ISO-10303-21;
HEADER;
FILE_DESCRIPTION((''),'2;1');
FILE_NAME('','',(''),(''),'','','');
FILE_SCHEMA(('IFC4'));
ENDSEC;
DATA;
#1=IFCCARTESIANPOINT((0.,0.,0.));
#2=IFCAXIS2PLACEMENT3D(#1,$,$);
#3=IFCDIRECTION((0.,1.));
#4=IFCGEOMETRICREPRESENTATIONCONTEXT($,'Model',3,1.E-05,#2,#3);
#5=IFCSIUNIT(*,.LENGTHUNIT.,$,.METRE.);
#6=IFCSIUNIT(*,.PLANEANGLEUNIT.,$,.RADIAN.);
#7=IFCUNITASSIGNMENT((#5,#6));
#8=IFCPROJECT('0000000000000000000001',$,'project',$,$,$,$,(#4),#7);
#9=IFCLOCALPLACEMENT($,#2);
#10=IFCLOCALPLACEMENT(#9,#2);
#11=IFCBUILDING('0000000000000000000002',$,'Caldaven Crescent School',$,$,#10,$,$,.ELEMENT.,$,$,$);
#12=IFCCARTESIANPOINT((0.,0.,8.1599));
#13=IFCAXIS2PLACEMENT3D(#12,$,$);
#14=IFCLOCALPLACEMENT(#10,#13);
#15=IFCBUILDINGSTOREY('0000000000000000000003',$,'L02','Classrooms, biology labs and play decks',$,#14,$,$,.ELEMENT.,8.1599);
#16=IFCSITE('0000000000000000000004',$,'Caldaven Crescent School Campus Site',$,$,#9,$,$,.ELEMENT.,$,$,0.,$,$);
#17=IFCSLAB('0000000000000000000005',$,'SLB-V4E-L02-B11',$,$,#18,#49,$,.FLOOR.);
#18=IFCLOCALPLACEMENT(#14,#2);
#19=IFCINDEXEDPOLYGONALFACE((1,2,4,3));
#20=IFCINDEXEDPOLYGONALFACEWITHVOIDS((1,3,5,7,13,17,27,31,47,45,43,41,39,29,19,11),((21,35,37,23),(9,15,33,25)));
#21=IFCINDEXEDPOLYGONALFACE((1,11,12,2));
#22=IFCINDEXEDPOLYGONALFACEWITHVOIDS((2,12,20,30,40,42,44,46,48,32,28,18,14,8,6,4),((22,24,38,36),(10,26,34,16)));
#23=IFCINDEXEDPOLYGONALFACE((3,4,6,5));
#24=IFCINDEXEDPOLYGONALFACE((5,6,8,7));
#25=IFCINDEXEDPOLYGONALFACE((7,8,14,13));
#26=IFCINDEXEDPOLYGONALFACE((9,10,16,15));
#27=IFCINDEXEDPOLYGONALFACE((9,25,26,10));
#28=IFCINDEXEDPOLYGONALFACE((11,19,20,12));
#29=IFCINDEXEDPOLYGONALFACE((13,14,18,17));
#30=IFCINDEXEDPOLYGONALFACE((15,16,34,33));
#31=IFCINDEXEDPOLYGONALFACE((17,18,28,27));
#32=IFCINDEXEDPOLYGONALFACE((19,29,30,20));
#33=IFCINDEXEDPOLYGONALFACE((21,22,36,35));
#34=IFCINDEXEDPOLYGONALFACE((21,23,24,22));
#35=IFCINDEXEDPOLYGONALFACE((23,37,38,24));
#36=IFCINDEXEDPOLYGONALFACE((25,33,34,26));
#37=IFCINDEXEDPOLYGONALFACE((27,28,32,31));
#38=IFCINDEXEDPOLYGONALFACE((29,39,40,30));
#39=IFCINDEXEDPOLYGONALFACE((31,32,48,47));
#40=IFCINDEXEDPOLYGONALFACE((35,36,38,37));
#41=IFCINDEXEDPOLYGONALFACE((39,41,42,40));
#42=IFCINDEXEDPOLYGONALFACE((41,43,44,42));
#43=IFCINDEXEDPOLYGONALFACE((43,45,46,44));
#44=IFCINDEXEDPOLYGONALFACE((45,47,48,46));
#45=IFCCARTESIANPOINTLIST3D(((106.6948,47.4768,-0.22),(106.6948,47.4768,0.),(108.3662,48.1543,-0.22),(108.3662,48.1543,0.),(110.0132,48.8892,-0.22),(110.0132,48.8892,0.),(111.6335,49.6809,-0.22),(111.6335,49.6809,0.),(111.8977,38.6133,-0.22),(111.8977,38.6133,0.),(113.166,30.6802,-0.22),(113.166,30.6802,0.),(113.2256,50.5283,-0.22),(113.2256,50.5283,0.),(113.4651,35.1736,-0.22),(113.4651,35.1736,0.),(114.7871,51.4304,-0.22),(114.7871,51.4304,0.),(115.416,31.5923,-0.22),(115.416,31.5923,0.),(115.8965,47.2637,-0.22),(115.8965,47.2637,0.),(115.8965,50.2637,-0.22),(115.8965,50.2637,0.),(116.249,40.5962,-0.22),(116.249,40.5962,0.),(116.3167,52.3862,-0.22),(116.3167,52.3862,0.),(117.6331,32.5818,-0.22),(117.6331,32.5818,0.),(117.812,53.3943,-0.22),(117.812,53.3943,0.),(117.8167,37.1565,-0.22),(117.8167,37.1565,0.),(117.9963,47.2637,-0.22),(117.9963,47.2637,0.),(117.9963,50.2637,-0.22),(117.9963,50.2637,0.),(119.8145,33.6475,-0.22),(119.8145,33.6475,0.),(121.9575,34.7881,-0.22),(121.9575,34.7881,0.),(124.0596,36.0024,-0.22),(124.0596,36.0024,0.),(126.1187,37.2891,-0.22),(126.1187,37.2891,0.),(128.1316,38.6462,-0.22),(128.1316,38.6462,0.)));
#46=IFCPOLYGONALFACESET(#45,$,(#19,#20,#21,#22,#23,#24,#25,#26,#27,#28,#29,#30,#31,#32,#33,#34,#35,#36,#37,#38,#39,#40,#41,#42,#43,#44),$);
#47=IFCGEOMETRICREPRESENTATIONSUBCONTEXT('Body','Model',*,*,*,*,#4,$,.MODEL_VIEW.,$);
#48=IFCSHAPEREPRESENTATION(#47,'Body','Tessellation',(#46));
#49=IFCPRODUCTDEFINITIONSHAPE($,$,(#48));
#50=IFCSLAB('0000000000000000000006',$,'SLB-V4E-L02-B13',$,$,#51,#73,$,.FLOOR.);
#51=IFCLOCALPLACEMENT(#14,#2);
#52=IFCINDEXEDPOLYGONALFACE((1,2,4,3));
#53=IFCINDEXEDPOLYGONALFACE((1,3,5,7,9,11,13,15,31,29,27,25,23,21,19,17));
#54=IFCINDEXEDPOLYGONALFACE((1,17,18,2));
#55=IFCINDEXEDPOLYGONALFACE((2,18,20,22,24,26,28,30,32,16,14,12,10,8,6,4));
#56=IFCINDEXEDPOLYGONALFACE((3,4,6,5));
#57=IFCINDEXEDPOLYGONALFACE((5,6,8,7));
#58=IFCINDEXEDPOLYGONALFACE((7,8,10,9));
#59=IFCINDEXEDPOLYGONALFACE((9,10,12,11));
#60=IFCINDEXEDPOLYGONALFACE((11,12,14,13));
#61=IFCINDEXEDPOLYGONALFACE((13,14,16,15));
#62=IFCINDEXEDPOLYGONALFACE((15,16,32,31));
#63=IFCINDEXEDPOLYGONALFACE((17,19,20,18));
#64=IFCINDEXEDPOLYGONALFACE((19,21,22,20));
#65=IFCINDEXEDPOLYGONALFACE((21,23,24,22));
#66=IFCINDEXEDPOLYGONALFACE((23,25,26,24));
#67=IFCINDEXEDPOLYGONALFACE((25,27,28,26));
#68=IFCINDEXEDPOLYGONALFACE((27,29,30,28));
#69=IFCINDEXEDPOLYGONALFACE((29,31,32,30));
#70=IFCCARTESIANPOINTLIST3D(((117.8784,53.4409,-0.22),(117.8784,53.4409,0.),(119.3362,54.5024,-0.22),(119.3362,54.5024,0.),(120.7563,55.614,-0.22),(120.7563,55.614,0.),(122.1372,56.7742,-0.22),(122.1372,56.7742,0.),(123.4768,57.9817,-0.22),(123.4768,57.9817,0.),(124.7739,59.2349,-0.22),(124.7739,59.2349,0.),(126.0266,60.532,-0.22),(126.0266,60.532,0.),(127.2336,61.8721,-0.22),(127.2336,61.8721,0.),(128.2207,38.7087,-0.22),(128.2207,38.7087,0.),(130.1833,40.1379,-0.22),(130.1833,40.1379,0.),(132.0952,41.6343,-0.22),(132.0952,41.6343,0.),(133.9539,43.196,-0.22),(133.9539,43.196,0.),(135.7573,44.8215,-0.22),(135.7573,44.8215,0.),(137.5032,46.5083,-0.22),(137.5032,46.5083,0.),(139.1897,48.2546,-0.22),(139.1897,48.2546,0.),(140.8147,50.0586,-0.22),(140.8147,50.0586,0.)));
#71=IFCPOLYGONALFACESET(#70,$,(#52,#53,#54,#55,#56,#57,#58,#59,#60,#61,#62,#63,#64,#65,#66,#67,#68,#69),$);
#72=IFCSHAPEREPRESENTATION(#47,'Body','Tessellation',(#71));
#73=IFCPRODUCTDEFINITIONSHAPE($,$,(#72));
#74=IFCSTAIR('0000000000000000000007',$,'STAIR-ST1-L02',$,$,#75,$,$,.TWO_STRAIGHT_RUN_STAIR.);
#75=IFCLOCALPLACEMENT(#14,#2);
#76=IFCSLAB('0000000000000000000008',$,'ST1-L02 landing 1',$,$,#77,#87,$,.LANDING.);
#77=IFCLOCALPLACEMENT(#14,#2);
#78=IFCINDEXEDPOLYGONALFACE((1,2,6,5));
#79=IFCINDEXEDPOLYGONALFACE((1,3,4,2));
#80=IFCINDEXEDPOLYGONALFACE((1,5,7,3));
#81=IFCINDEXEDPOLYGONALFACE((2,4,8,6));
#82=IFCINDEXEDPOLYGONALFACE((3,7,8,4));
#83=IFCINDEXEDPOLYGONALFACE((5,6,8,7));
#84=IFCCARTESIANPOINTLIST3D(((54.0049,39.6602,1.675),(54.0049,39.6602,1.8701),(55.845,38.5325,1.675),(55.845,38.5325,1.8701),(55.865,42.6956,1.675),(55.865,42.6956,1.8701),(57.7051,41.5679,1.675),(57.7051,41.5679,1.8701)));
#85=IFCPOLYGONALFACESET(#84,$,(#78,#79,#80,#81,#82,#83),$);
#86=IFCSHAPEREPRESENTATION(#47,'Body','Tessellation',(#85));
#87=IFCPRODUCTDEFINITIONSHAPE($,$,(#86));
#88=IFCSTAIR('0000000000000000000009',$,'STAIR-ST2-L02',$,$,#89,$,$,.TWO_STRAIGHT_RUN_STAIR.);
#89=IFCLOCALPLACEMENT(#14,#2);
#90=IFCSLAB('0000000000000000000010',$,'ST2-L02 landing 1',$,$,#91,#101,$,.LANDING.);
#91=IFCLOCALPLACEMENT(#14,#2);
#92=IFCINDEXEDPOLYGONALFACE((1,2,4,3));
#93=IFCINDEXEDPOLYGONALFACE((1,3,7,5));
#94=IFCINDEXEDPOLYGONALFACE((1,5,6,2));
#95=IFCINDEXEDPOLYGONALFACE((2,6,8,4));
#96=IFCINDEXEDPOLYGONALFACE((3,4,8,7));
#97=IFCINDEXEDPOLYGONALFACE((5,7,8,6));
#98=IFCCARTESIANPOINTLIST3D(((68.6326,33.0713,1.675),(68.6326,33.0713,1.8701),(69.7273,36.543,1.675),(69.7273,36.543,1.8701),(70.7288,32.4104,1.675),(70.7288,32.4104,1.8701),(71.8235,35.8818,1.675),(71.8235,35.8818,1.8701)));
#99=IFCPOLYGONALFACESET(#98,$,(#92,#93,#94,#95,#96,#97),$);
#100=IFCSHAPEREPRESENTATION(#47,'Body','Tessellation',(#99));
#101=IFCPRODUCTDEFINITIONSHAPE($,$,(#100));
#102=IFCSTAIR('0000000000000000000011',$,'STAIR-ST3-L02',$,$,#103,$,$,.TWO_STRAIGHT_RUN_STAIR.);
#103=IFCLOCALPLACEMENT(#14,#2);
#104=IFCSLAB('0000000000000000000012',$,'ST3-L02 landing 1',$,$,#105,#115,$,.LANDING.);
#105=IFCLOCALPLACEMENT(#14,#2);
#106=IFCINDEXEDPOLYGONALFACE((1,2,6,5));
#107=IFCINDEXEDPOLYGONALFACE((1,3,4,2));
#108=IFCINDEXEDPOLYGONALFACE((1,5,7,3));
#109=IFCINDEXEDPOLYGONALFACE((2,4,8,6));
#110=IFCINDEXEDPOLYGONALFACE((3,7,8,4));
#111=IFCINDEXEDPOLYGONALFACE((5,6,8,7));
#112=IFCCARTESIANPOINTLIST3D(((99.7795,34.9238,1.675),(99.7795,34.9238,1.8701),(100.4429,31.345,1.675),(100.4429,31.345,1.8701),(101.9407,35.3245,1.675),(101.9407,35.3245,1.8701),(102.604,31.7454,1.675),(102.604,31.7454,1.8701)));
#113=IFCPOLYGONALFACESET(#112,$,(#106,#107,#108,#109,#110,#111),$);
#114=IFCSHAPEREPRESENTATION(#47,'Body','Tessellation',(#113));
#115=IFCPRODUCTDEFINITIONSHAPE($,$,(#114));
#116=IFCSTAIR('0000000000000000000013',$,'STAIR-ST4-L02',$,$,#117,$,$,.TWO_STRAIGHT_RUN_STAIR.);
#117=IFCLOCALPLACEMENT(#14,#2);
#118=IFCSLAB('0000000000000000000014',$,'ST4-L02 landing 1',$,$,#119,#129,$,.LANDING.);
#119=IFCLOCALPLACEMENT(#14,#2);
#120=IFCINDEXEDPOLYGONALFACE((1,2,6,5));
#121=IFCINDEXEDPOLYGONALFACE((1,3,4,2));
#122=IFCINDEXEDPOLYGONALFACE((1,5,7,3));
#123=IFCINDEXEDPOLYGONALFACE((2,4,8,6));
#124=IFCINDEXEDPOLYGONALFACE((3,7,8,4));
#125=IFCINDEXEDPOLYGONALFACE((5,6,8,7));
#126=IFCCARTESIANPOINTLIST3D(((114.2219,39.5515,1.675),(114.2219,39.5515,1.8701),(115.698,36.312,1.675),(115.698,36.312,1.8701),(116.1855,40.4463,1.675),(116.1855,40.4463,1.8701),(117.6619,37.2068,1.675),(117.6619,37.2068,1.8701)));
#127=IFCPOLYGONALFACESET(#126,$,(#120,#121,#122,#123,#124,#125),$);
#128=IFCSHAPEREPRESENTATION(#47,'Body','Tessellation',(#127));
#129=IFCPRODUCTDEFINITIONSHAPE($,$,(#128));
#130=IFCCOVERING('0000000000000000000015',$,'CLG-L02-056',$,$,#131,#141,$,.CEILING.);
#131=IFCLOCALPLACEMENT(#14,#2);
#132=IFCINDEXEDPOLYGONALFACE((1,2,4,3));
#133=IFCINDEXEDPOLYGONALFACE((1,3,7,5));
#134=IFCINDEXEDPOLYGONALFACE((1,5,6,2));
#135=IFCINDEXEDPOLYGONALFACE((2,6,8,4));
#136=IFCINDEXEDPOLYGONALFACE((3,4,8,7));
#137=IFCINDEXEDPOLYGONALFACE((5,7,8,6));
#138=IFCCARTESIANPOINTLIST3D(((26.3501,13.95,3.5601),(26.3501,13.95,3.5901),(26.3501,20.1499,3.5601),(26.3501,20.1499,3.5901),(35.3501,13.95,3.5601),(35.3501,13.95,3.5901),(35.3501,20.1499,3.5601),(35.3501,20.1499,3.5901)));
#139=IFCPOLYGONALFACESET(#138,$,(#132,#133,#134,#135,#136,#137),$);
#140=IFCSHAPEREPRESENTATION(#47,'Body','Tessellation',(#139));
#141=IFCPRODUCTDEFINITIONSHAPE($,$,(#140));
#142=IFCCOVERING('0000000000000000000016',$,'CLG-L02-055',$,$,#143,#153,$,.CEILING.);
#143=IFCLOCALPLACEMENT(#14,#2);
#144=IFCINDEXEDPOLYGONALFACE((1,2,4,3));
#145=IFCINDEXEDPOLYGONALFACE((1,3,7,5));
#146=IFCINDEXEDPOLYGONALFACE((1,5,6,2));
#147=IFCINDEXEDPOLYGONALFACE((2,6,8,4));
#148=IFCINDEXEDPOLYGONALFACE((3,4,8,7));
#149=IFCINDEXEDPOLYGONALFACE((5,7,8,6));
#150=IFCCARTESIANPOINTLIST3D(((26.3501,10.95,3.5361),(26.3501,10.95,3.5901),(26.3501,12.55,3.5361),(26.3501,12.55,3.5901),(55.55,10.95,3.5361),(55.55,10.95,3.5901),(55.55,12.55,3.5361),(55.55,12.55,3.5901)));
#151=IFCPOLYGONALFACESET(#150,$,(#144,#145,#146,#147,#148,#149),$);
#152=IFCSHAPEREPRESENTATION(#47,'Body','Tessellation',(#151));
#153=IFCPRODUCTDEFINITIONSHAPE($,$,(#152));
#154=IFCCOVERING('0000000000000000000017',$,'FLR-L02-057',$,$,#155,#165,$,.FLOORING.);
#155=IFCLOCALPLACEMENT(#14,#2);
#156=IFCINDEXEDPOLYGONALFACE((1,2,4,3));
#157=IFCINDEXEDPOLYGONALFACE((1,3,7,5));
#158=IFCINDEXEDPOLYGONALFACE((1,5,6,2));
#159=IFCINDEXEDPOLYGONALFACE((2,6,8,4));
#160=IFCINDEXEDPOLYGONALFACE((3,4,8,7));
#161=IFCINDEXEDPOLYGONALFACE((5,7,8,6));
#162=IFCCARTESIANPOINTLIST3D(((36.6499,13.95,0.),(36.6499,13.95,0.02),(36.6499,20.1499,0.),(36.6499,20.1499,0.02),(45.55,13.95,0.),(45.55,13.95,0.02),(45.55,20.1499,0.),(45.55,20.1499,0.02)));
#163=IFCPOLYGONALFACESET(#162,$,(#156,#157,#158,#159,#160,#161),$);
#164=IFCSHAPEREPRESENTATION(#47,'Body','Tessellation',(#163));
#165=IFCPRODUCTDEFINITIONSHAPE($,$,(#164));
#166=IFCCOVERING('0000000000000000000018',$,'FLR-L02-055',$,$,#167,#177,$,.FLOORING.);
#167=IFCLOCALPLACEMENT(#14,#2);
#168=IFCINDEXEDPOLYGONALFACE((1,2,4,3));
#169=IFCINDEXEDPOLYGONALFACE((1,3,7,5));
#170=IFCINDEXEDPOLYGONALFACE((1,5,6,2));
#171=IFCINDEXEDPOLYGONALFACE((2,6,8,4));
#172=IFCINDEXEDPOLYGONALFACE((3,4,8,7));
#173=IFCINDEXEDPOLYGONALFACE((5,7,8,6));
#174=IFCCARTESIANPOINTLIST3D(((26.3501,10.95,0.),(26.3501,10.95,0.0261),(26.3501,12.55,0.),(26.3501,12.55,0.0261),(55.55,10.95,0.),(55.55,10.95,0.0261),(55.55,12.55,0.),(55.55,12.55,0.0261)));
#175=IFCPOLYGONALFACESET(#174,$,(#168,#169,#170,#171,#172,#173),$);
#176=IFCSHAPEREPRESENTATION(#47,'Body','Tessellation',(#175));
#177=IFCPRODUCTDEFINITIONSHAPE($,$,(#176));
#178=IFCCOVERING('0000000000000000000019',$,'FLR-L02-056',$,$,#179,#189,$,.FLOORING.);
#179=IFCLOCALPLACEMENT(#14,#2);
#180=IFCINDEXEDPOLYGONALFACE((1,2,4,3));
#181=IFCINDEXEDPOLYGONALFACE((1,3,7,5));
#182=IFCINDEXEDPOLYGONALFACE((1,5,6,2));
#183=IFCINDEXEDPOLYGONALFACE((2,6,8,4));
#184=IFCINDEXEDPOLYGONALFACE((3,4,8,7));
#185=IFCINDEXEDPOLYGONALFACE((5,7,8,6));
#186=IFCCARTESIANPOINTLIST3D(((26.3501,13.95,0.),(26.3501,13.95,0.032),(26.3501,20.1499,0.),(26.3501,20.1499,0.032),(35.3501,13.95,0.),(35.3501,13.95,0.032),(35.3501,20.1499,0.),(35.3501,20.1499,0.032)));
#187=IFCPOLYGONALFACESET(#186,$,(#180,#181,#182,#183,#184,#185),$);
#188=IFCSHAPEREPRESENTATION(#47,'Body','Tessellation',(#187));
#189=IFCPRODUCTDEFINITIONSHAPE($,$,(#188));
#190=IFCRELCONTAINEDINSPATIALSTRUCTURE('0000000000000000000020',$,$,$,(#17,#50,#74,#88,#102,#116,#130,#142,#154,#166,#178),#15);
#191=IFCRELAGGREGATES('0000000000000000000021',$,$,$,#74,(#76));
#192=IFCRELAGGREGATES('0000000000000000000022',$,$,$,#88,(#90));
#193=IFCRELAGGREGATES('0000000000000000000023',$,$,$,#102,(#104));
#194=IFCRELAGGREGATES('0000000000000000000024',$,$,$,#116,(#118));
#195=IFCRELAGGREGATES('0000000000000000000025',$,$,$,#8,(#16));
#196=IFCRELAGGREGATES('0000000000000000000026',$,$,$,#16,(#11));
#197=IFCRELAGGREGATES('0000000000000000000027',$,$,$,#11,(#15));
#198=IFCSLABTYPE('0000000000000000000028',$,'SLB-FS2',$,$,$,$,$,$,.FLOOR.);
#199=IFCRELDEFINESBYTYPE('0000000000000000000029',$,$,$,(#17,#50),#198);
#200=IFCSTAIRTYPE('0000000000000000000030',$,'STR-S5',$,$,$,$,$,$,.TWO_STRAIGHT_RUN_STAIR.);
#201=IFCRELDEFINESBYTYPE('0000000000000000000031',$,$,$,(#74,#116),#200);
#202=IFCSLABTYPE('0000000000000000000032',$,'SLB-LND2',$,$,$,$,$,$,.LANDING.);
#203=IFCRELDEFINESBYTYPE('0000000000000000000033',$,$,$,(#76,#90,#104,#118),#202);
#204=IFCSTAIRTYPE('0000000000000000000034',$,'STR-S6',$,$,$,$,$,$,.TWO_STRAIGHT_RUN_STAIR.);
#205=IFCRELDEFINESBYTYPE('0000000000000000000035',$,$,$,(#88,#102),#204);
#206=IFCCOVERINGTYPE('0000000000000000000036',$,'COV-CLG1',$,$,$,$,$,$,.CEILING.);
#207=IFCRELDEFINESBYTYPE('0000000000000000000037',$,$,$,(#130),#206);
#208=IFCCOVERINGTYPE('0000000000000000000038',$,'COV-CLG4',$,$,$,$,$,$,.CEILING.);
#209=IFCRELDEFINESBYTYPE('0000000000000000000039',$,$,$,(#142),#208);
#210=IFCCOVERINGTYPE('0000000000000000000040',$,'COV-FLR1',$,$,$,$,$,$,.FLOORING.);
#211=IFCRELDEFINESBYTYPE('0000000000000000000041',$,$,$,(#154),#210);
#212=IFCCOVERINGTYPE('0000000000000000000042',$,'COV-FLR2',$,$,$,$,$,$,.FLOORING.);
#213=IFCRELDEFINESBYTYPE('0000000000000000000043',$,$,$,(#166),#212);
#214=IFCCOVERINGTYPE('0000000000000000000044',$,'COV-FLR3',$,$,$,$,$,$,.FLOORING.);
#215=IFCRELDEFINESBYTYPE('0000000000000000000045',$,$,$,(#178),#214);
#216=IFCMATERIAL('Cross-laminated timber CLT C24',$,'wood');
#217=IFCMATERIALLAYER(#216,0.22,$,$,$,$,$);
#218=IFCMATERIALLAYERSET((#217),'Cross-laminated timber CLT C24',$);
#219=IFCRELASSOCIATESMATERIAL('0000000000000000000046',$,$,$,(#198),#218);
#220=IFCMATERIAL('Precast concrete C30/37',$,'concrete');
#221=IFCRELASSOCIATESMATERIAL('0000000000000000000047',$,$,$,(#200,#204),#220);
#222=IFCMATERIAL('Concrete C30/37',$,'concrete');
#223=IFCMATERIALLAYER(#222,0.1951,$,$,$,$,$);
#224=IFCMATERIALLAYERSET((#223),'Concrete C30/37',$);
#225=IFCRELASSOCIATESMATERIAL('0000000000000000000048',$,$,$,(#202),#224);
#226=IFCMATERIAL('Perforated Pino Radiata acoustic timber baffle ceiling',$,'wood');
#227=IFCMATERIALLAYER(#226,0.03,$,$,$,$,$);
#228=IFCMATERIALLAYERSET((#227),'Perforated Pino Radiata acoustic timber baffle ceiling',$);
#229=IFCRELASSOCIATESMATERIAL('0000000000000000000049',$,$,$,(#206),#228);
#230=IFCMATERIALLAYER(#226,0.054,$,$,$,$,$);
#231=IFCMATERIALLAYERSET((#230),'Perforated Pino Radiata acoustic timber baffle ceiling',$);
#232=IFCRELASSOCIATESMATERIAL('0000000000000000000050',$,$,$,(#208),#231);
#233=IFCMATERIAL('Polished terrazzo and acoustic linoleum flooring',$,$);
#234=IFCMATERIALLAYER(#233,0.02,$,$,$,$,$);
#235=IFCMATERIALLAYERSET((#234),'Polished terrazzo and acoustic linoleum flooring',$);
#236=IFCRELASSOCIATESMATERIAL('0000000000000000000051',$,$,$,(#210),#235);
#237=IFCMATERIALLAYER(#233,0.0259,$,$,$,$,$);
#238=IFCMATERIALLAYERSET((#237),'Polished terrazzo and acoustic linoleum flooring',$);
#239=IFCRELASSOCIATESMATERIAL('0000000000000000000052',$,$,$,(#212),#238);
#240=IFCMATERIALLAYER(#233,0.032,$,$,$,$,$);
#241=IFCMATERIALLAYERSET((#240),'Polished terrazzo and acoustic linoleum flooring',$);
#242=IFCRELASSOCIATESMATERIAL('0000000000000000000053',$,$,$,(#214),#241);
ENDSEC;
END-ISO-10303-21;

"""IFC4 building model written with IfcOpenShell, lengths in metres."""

from ifc_helpers import new_model, si_unit, direction, frame, origin, place, context, subcontext, project, spatial, polyline, outline, extrude, material, layer, layer_set, type_object, element, aggregate, save


model = new_model("IFC4")

# Units and contexts
model_context = context("Model", 3, precision=1e-05, world=origin(), true_north=direction((0.0, 1.0)))
body_context = subcontext(model_context, "Body", "Model", "MODEL_VIEW")
ifc_project = project(units=[si_unit("LENGTHUNIT", "METRE"), si_unit("PLANEANGLEUNIT", "RADIAN")], contexts=[model_context])

# Site, building, storey
site_placement = place(None, origin())
site = spatial("IfcSite", under=ifc_project, at=site_placement, Name="Caldaven Crescent School Campus Site", CompositionType="ELEMENT", RefElevation=0.0)
building_placement = place(site_placement, origin())
building = spatial("IfcBuilding", under=site, at=building_placement, Name="Caldaven Crescent School", CompositionType="ELEMENT")
storey_placement = place(building_placement, frame((0.0, 0.0, 8.1599)))
storey = spatial("IfcBuildingStorey", under=building, at=storey_placement, Name="L02", Description="Classrooms, biology labs and play decks", CompositionType="ELEMENT", Elevation=8.1599)

# Slabs
ifc_material_1 = material(Name="Cross-laminated timber CLT C24", Category="wood")
ifc_layer_1 = layer(ifc_material_1, 0.22)
ifc_layer_set_1 = layer_set([ifc_layer_1], Name="Cross-laminated timber CLT C24")
slab_type_1 = type_object("IfcSlabType", Name="SLB-FS2", PredefinedType="FLOOR", material=ifc_layer_set_1)
slab_1_placement = place(storey_placement, frame((0.0, 0.0, -0.22)))
element("IfcSlab", 1, at=slab_1_placement, inside=storey, type_object=slab_type_1, Name="SLB-V4E-L02-B11", PredefinedType="FLOOR", context=body_context, shape_type="SweptSolid", body=[
    extrude(outline(polyline([(113.166, 30.6802), (115.416, 31.5923), (117.6331, 32.5818), (119.8145, 33.6475), (121.9575, 34.7881), (124.0596, 36.0024), (126.1187, 37.2891), (128.1316, 38.6462), (117.812, 53.3943), (116.3167, 52.3862), (114.7871, 51.4304), (113.2256, 50.5283), (111.6335, 49.6809), (110.0132, 48.8892), (108.3662, 48.1543), (106.6948, 47.4768), (113.166, 30.6802)]), holes=[polyline([(115.8965, 47.2637), (115.8965, 50.2637), (117.9963, 50.2637), (117.9963, 47.2637), (115.8965, 47.2637)]), polyline([(113.4651, 35.1736), (111.8977, 38.6133), (116.249, 40.5962), (117.8167, 37.1565), (113.4651, 35.1736)])]), origin(), (0.0, 0.0, 1.0), 0.22),
])
slab_2_placement = place(storey_placement, frame((0.0, 0.0, -0.22)))
element("IfcSlab", 2, at=slab_2_placement, inside=storey, type_object=slab_type_1, Name="SLB-V4E-L02-B13", PredefinedType="FLOOR", context=body_context, shape_type="SweptSolid", body=[
    extrude(outline(polyline([(128.2207, 38.7087), (130.1833, 40.1379), (132.0952, 41.6343), (133.9539, 43.196), (135.7573, 44.8215), (137.5032, 46.5083), (139.1897, 48.2546), (140.8147, 50.0586), (127.2336, 61.8721), (126.0266, 60.532), (124.7739, 59.2349), (123.4768, 57.9817), (122.1372, 56.7742), (120.7563, 55.614), (119.3362, 54.5024), (117.8784, 53.4409), (128.2207, 38.7087)])), origin(), (0.0, 0.0, 1.0), 0.22),
])

# Stairs, slabs
ifc_material_2 = material(Name="Precast concrete C30/37", Category="concrete")
stair_type_1 = type_object("IfcStairType", Name="STR-S5", PredefinedType="TWO_STRAIGHT_RUN_STAIR", material=ifc_material_2)
stair_1_placement = place(storey_placement, origin())
stair_1 = element("IfcStair", 3, at=stair_1_placement, inside=storey, type_object=stair_type_1, Name="STAIR-ST1-L02", PredefinedType="TWO_STRAIGHT_RUN_STAIR")
ifc_material_3 = material(Name="Concrete C30/37", Category="concrete")
ifc_layer_2 = layer(ifc_material_3, 0.1951)
ifc_layer_set_2 = layer_set([ifc_layer_2], Name="Concrete C30/37")
slab_type_2 = type_object("IfcSlabType", Name="SLB-LND2", PredefinedType="LANDING", material=ifc_layer_set_2)
slab_3_placement = place(storey_placement, frame((0.0, 0.0, 1.675)))
slab_3 = element("IfcSlab", 4, at=slab_3_placement, type_object=slab_type_2, Name="ST1-L02 landing 1", PredefinedType="LANDING", context=body_context, shape_type="SweptSolid", body=[
    extrude(outline(polyline([(54.0049, 39.6602), (55.845, 38.5325), (57.7051, 41.5679), (55.865, 42.6956), (54.0049, 39.6602)])), origin(), (0.0, 0.0, 1.0), 0.1951),
])
aggregate(stair_1, [slab_3])
stair_type_2 = type_object("IfcStairType", Name="STR-S6", PredefinedType="TWO_STRAIGHT_RUN_STAIR", material=ifc_material_2)
stair_2_placement = place(storey_placement, origin())
stair_2 = element("IfcStair", 5, at=stair_2_placement, inside=storey, type_object=stair_type_2, Name="STAIR-ST2-L02", PredefinedType="TWO_STRAIGHT_RUN_STAIR")
slab_4_placement = place(storey_placement, frame((0.0, 0.0, 1.675)))
slab_4 = element("IfcSlab", 6, at=slab_4_placement, type_object=slab_type_2, Name="ST2-L02 landing 1", PredefinedType="LANDING", context=body_context, shape_type="SweptSolid", body=[
    extrude(outline(polyline([(68.6326, 33.0713), (70.7288, 32.4104), (71.8235, 35.8818), (69.7273, 36.543), (68.6326, 33.0713)])), origin(), (0.0, 0.0, 1.0), 0.1951),
])
aggregate(stair_2, [slab_4])
stair_3_placement = place(storey_placement, origin())
stair_3 = element("IfcStair", 7, at=stair_3_placement, inside=storey, type_object=stair_type_2, Name="STAIR-ST3-L02", PredefinedType="TWO_STRAIGHT_RUN_STAIR")
slab_5_placement = place(storey_placement, frame((0.0, 0.0, 1.675)))
slab_5 = element("IfcSlab", 8, at=slab_5_placement, type_object=slab_type_2, Name="ST3-L02 landing 1", PredefinedType="LANDING", context=body_context, shape_type="SweptSolid", body=[
    extrude(outline(polyline([(100.4429, 31.345), (102.604, 31.7454), (101.9407, 35.3245), (99.7795, 34.9238), (100.4429, 31.345)])), origin(), (0.0, 0.0, 1.0), 0.1951),
])
aggregate(stair_3, [slab_5])
stair_4_placement = place(storey_placement, origin())
stair_4 = element("IfcStair", 9, at=stair_4_placement, inside=storey, type_object=stair_type_1, Name="STAIR-ST4-L02", PredefinedType="TWO_STRAIGHT_RUN_STAIR")
slab_6_placement = place(storey_placement, frame((0.0, 0.0, 1.675)))
slab_6 = element("IfcSlab", 10, at=slab_6_placement, type_object=slab_type_2, Name="ST4-L02 landing 1", PredefinedType="LANDING", context=body_context, shape_type="SweptSolid", body=[
    extrude(outline(polyline([(115.698, 36.312), (117.6619, 37.2068), (116.1855, 40.4463), (114.2219, 39.5515), (115.698, 36.312)])), origin(), (0.0, 0.0, 1.0), 0.1951),
])
aggregate(stair_4, [slab_6])

# Coverings
ifc_material_4 = material(Name="Perforated Pino Radiata acoustic timber baffle ceiling", Category="wood")
ifc_layer_3 = layer(ifc_material_4, 0.03)
ifc_layer_set_3 = layer_set([ifc_layer_3], Name="Perforated Pino Radiata acoustic timber baffle ceiling")
covering_type_1 = type_object("IfcCoveringType", Name="COV-CLG1", PredefinedType="CEILING", material=ifc_layer_set_3)
covering_1_placement = place(storey_placement, frame((0.0, 0.0, 3.5601)))
element("IfcCovering", 11, at=covering_1_placement, inside=storey, type_object=covering_type_1, Name="CLG-L02-056", PredefinedType="CEILING", context=body_context, shape_type="SweptSolid", body=[
    extrude(outline(polyline([(35.3501, 20.1499), (35.3501, 13.95), (26.3501, 13.95), (26.3501, 20.1499), (35.3501, 20.1499)])), origin(), (0.0, 0.0, 1.0), 0.03),
])
ifc_layer_4 = layer(ifc_material_4, 0.054)
ifc_layer_set_4 = layer_set([ifc_layer_4], Name="Perforated Pino Radiata acoustic timber baffle ceiling")
covering_type_2 = type_object("IfcCoveringType", Name="COV-CLG4", PredefinedType="CEILING", material=ifc_layer_set_4)
covering_2_placement = place(storey_placement, frame((0.0, 0.0, 3.5361)))
element("IfcCovering", 12, at=covering_2_placement, inside=storey, type_object=covering_type_2, Name="CLG-L02-055", PredefinedType="CEILING", context=body_context, shape_type="SweptSolid", body=[
    extrude(outline(polyline([(55.55, 12.55), (55.55, 10.95), (26.3501, 10.95), (26.3501, 12.55), (55.55, 12.55)])), origin(), (0.0, 0.0, 1.0), 0.054),
])
ifc_material_5 = material(Name="Polished terrazzo and acoustic linoleum flooring")
ifc_layer_5 = layer(ifc_material_5, 0.02)
ifc_layer_set_5 = layer_set([ifc_layer_5], Name="Polished terrazzo and acoustic linoleum flooring")
covering_type_3 = type_object("IfcCoveringType", Name="COV-FLR1", PredefinedType="FLOORING", material=ifc_layer_set_5)
covering_3_placement = place(storey_placement, origin())
element("IfcCovering", 13, at=covering_3_placement, inside=storey, type_object=covering_type_3, Name="FLR-L02-057", PredefinedType="FLOORING", context=body_context, shape_type="SweptSolid", body=[
    extrude(outline(polyline([(36.6499, 20.1499), (45.55, 20.1499), (45.55, 13.95), (36.6499, 13.95), (36.6499, 20.1499)])), origin(), (0.0, 0.0, 1.0), 0.02),
])
ifc_layer_6 = layer(ifc_material_5, 0.0259)
ifc_layer_set_6 = layer_set([ifc_layer_6], Name="Polished terrazzo and acoustic linoleum flooring")
covering_type_4 = type_object("IfcCoveringType", Name="COV-FLR2", PredefinedType="FLOORING", material=ifc_layer_set_6)
covering_4_placement = place(storey_placement, origin())
element("IfcCovering", 14, at=covering_4_placement, inside=storey, type_object=covering_type_4, Name="FLR-L02-055", PredefinedType="FLOORING", context=body_context, shape_type="SweptSolid", body=[
    extrude(outline(polyline([(26.3501, 12.55), (55.55, 12.55), (55.55, 10.95), (26.3501, 10.95), (26.3501, 12.55)])), origin(), (0.0, 0.0, 1.0), 0.0261),
])
ifc_layer_7 = layer(ifc_material_5, 0.032)
ifc_layer_set_7 = layer_set([ifc_layer_7], Name="Polished terrazzo and acoustic linoleum flooring")
covering_type_5 = type_object("IfcCoveringType", Name="COV-FLR3", PredefinedType="FLOORING", material=ifc_layer_set_7)
covering_5_placement = place(storey_placement, origin())
element("IfcCovering", 15, at=covering_5_placement, inside=storey, type_object=covering_type_5, Name="FLR-L02-056", PredefinedType="FLOORING", context=body_context, shape_type="SweptSolid", body=[
    extrude(outline(polyline([(26.3501, 20.1499), (35.3501, 20.1499), (35.3501, 13.95), (26.3501, 13.95), (26.3501, 20.1499)])), origin(), (0.0, 0.0, 1.0), 0.032),
])

save(model, "model.ifc")
